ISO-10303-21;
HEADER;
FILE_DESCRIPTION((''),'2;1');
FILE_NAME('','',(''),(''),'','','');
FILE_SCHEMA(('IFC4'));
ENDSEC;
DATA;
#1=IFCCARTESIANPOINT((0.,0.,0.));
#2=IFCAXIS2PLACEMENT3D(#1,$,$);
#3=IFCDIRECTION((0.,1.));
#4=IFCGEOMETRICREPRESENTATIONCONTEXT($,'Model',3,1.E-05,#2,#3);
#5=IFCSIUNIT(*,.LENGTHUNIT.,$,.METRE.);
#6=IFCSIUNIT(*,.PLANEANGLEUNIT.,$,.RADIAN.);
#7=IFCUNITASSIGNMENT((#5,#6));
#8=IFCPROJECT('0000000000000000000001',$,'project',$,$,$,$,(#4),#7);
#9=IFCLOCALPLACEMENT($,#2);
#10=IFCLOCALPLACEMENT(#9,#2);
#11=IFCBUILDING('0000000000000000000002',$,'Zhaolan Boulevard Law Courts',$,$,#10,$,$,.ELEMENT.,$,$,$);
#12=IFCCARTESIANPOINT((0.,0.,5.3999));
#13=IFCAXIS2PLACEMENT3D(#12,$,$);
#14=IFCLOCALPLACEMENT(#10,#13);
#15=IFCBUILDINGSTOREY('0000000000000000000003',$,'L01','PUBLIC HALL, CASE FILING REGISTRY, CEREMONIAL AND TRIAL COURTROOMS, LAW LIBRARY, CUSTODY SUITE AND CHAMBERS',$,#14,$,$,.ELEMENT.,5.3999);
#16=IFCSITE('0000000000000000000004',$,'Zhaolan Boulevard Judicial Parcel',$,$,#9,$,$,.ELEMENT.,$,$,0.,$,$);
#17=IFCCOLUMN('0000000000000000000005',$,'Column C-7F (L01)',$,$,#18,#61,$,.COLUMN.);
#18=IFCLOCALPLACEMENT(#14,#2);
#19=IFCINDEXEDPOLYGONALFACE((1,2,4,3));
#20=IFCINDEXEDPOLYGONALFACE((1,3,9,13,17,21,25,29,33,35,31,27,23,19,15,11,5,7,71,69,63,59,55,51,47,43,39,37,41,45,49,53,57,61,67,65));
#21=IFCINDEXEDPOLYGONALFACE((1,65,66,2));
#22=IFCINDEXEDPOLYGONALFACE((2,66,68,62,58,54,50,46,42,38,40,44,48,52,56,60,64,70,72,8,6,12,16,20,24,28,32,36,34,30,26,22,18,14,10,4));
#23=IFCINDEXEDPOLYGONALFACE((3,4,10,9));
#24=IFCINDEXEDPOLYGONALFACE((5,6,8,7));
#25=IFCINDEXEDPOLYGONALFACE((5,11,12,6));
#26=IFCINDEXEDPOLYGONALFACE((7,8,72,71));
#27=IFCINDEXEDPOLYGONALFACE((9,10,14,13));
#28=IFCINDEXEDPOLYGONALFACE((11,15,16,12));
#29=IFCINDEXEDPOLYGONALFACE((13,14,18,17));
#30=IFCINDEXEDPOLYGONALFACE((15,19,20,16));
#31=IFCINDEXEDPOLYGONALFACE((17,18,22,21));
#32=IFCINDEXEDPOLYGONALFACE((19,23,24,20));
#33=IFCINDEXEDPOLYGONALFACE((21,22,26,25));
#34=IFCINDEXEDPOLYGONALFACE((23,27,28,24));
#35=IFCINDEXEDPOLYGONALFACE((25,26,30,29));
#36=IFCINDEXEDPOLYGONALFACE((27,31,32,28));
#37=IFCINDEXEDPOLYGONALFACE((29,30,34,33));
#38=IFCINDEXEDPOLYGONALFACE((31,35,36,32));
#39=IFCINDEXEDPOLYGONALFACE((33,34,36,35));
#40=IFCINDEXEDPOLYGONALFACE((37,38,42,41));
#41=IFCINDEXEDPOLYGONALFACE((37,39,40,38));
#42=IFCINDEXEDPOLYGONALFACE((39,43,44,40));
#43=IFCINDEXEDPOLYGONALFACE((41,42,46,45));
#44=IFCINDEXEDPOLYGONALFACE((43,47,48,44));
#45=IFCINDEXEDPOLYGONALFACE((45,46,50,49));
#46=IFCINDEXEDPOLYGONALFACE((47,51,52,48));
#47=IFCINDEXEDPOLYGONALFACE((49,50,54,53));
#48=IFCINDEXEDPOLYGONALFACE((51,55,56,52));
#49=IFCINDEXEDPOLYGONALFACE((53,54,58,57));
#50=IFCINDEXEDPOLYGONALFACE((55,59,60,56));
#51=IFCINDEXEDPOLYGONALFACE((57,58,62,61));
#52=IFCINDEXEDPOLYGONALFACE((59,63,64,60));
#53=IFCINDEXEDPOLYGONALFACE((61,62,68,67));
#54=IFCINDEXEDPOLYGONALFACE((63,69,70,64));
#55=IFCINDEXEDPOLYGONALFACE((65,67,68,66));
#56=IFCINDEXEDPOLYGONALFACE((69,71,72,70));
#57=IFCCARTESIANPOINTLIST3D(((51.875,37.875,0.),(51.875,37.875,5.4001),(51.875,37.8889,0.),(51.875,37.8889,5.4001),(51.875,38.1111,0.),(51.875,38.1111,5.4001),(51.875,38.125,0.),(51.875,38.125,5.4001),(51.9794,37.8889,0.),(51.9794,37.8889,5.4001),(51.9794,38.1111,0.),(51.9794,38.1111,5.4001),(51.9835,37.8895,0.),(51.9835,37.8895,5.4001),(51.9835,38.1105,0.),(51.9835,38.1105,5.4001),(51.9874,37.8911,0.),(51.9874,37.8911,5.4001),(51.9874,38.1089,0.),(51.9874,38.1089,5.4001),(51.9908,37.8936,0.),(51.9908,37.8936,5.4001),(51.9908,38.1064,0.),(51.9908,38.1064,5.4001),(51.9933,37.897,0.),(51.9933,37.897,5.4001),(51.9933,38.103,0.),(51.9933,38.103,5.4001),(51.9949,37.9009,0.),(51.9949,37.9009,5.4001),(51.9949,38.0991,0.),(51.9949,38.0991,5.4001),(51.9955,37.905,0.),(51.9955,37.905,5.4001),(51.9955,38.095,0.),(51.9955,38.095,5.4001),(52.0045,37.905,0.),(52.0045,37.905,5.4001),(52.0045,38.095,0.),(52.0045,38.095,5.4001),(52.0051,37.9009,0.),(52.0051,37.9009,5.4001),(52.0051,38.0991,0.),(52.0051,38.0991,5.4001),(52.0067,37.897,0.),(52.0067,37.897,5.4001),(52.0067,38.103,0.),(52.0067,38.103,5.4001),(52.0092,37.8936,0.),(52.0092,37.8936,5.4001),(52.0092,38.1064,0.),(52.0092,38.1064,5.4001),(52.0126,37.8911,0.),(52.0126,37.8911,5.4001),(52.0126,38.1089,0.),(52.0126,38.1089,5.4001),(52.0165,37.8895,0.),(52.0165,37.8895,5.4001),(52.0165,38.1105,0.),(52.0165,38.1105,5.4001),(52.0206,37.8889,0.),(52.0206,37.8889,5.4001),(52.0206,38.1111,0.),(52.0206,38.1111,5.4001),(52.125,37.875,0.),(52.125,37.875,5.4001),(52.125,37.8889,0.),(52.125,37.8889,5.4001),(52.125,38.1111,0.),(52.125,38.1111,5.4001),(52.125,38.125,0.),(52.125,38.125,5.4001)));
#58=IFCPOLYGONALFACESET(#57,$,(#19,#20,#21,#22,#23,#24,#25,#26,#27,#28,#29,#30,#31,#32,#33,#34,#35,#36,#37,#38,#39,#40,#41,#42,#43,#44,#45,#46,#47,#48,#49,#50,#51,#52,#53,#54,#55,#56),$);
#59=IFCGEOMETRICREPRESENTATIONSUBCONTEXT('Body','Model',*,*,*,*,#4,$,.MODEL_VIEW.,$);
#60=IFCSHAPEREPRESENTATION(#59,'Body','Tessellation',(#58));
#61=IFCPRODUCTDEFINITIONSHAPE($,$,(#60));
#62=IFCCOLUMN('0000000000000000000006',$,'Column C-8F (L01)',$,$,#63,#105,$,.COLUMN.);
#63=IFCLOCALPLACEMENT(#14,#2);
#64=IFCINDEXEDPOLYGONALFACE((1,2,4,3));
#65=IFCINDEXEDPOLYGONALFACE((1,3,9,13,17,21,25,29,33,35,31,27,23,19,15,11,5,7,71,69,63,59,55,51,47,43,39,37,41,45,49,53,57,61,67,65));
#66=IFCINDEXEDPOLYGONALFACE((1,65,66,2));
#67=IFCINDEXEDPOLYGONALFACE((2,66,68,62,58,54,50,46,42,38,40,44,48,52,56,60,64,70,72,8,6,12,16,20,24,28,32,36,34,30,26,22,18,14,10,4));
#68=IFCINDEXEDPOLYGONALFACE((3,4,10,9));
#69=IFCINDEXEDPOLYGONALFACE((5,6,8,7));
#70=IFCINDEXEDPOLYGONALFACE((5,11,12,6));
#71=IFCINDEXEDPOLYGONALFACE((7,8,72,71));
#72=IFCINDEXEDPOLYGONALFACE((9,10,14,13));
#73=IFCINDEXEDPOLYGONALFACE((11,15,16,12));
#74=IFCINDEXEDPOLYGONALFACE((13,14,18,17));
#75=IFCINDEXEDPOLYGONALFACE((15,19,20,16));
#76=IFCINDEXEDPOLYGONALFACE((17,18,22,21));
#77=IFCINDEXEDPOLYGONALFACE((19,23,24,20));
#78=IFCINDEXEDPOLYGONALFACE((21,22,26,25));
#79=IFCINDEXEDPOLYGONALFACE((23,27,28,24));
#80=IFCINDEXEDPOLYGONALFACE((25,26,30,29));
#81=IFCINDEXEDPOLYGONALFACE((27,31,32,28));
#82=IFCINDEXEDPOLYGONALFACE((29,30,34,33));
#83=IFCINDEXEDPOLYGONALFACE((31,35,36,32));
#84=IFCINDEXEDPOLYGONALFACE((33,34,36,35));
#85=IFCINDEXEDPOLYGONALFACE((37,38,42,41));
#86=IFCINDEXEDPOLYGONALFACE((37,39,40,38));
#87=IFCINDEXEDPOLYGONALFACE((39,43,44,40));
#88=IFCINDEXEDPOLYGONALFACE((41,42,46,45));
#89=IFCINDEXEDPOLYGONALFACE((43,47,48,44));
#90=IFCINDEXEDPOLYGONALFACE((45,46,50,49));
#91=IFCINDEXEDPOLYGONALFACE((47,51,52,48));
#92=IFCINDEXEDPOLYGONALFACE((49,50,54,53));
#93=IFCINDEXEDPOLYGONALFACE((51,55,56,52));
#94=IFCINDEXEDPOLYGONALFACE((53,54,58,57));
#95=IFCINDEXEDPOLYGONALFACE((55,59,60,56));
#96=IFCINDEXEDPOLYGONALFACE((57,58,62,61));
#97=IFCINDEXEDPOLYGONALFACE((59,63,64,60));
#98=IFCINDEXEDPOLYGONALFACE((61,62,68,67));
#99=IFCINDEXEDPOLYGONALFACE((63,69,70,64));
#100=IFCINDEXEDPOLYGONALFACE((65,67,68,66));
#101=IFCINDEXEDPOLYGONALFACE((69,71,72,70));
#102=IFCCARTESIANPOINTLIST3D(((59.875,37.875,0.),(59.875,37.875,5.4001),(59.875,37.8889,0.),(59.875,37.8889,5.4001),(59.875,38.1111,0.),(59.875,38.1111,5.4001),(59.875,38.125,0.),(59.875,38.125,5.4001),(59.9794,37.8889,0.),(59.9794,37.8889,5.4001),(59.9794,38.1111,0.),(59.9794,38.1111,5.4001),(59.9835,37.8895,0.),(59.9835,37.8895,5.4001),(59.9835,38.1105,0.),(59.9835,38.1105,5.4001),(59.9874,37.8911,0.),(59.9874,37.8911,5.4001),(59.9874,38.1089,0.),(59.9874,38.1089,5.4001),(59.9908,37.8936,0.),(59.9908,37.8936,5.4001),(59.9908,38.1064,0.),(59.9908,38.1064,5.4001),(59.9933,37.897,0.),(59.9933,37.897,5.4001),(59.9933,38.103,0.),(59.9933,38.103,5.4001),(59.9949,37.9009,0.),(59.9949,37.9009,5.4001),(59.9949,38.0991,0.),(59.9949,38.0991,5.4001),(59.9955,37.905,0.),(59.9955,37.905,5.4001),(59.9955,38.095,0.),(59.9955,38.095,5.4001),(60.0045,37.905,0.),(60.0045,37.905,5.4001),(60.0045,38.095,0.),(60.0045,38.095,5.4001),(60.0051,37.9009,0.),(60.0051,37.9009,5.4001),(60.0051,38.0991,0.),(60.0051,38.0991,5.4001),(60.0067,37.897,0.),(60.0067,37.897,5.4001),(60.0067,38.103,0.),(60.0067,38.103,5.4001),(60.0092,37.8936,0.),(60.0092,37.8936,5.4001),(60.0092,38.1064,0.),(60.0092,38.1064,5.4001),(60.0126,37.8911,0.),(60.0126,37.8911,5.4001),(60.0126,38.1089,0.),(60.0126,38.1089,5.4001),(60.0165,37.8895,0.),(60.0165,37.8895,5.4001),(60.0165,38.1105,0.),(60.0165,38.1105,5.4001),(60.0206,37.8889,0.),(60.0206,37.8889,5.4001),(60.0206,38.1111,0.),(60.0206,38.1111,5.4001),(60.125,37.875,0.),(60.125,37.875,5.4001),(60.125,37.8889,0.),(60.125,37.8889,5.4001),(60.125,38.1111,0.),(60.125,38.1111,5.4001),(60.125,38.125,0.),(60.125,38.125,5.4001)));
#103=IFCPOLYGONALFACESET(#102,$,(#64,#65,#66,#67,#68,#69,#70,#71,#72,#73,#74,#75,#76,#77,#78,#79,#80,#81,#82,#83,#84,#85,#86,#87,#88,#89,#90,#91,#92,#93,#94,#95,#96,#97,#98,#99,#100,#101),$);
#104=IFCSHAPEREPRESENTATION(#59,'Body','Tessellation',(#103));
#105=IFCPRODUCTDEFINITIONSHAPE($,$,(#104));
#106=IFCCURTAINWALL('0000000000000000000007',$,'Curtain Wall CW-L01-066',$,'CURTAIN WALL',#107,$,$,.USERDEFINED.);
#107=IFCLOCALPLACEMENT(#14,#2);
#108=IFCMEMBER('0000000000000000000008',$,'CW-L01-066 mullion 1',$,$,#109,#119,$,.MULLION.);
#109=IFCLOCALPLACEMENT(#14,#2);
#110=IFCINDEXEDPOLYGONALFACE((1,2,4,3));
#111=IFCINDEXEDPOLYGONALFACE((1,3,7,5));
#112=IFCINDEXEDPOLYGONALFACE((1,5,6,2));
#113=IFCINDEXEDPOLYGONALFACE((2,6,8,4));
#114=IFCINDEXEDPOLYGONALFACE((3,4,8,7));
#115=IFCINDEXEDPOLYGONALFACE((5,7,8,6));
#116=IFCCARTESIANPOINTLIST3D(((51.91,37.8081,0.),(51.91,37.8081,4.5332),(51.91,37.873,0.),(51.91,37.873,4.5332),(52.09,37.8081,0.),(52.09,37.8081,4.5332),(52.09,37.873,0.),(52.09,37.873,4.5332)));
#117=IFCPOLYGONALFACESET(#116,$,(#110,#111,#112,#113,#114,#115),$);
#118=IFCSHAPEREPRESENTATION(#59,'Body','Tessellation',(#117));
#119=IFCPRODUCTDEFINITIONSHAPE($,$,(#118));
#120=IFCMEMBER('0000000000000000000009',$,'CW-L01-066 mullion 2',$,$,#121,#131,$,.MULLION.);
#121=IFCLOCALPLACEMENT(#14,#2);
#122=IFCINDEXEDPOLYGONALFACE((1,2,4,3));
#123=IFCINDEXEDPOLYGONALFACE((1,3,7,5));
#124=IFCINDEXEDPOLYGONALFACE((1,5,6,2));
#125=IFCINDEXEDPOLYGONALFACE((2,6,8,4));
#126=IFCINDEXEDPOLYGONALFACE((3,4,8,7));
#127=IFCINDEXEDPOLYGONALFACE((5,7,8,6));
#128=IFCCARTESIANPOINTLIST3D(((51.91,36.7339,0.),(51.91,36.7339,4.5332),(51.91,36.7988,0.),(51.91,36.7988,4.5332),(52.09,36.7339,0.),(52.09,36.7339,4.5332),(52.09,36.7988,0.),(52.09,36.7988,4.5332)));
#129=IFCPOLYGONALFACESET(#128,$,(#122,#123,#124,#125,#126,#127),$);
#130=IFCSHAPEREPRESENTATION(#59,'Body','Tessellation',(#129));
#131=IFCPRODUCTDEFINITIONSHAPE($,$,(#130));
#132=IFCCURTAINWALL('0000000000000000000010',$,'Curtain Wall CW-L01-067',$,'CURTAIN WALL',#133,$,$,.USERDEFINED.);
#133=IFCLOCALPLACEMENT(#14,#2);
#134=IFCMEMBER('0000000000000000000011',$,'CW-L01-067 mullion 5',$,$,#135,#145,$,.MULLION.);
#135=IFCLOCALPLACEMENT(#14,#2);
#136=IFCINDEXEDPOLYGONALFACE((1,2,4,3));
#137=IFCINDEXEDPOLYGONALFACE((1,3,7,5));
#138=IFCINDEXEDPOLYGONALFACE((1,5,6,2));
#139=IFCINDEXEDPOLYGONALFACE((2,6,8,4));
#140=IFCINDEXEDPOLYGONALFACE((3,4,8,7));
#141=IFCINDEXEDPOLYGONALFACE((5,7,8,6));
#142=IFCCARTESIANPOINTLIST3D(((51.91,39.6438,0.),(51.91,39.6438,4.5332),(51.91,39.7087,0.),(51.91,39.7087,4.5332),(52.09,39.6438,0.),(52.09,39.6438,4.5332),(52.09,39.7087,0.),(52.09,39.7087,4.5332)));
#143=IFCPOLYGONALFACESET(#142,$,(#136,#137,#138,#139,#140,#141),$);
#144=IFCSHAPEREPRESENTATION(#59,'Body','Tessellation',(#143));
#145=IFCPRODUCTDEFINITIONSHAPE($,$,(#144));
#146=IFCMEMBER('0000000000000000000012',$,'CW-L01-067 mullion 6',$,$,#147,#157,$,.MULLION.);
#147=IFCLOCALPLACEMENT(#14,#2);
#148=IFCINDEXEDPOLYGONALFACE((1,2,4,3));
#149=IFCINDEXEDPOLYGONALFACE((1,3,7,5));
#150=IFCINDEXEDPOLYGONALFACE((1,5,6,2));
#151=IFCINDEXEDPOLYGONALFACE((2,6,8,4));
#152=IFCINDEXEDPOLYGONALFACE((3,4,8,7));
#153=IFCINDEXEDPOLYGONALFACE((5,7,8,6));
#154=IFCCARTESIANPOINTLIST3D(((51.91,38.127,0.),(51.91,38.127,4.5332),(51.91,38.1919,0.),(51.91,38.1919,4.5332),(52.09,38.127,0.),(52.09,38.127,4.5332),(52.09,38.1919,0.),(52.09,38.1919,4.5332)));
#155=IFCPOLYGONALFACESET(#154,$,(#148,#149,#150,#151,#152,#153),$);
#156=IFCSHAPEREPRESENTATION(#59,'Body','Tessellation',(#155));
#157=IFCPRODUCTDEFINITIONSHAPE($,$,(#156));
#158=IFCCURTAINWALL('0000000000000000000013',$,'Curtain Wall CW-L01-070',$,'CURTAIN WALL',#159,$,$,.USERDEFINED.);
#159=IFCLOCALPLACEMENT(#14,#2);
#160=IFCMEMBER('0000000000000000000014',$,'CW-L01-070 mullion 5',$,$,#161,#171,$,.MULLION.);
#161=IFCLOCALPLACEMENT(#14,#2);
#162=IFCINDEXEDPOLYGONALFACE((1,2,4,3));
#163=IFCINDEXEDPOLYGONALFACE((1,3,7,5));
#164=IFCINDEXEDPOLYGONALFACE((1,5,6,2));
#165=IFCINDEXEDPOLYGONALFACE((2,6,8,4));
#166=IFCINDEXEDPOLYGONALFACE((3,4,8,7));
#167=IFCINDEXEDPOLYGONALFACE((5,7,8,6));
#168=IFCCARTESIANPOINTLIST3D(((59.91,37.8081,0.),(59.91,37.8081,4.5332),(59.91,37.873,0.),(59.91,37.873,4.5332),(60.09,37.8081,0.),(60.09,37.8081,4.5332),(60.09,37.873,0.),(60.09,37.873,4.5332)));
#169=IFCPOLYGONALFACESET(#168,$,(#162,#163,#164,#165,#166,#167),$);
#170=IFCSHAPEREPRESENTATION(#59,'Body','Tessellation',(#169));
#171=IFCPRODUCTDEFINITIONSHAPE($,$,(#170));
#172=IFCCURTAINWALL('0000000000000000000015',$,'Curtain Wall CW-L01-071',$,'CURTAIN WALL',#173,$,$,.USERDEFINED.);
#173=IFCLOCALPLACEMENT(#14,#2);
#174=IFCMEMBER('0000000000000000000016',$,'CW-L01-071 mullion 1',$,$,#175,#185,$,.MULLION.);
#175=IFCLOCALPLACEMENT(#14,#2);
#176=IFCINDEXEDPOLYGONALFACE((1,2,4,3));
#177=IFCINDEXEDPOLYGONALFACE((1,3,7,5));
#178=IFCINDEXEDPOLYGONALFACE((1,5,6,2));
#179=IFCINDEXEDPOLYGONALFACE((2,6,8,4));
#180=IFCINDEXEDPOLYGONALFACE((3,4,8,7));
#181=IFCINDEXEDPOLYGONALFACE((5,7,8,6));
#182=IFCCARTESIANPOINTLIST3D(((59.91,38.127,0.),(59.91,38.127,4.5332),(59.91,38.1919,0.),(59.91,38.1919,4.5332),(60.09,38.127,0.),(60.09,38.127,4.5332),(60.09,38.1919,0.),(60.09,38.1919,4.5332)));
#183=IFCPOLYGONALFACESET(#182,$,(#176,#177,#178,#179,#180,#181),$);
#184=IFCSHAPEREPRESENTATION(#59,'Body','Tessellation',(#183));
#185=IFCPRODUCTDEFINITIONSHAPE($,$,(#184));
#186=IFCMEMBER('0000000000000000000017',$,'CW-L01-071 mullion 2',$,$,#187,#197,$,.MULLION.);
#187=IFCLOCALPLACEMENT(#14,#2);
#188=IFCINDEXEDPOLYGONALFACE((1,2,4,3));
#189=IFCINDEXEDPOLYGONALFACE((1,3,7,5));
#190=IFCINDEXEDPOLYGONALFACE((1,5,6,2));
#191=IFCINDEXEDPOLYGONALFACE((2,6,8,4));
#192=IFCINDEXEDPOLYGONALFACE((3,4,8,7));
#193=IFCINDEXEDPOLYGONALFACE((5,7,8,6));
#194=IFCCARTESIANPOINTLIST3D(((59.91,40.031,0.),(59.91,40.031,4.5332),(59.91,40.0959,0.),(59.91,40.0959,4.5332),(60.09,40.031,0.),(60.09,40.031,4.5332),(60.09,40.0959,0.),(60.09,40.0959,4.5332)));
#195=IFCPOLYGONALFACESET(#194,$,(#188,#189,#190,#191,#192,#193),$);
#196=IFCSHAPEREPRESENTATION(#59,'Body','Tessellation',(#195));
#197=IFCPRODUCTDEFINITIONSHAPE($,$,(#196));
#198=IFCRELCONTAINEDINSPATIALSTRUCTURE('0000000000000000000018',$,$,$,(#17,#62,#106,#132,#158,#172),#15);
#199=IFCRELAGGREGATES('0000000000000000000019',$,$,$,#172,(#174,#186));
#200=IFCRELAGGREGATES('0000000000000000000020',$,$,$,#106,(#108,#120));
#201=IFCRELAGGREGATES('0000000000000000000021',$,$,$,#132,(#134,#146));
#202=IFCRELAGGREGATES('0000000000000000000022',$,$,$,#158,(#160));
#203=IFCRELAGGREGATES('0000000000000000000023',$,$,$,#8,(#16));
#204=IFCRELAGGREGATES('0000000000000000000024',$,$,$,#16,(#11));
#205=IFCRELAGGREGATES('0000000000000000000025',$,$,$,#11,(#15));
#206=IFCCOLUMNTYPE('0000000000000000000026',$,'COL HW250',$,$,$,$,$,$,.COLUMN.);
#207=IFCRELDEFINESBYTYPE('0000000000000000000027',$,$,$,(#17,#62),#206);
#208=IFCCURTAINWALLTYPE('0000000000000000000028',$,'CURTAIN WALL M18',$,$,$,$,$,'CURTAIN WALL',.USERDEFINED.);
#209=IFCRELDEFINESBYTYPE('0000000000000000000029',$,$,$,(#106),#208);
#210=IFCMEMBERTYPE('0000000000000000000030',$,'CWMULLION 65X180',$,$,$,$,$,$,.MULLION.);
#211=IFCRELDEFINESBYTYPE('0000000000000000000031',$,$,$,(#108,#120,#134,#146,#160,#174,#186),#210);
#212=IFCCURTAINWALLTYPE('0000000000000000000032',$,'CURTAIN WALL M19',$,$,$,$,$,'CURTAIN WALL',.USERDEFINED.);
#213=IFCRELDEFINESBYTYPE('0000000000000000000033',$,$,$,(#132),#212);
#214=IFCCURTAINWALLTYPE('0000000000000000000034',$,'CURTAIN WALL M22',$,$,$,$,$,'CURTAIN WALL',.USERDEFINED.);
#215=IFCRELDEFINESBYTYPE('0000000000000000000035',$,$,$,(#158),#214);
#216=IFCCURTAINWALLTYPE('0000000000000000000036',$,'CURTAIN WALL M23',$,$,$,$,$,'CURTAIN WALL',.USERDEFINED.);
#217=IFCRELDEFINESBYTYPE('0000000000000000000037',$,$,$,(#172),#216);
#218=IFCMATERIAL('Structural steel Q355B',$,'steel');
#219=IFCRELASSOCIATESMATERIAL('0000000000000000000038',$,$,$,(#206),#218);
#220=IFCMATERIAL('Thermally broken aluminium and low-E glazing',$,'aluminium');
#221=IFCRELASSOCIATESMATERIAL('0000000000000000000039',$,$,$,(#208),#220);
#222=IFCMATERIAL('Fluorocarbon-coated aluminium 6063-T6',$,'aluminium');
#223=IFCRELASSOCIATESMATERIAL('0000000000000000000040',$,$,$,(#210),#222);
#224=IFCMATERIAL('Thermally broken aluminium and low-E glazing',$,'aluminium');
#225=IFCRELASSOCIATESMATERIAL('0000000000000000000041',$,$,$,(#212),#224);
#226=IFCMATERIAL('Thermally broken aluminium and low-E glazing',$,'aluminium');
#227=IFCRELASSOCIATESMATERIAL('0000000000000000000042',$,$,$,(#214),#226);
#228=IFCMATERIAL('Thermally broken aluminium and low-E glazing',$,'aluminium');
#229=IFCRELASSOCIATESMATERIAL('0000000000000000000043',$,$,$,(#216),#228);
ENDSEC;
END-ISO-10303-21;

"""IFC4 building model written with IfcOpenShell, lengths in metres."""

from ifc_helpers import new_model, si_unit, direction, frame, origin, origin_2d, place, context, subcontext, project, spatial, rectangle, i_section, extrude, material, material_profile, profile_set, type_object, element, aggregate, save


model = new_model("IFC4")

# Units and contexts
model_context = context("Model", 3, precision=1e-05, world=origin(), true_north=direction((0.0, 1.0)))
body_context = subcontext(model_context, "Body", "Model", "MODEL_VIEW")
ifc_project = project(units=[si_unit("LENGTHUNIT", "METRE"), si_unit("PLANEANGLEUNIT", "RADIAN")], contexts=[model_context])

# Site, building, storey
site_placement = place(None, origin())
site = spatial("IfcSite", under=ifc_project, at=site_placement, Name="Zhaolan Boulevard Judicial Parcel", CompositionType="ELEMENT", RefElevation=0.0)
building_placement = place(site_placement, origin())
building = spatial("IfcBuilding", under=site, at=building_placement, Name="Zhaolan Boulevard Law Courts", CompositionType="ELEMENT")
storey_placement = place(building_placement, frame((0.0, 0.0, 5.3999)))
storey = spatial("IfcBuildingStorey", under=building, at=storey_placement, Name="L01", Description="PUBLIC HALL, CASE FILING REGISTRY, CEREMONIAL AND TRIAL COURTROOMS, LAW LIBRARY, CUSTODY SUITE AND CHAMBERS", CompositionType="ELEMENT", Elevation=5.3999)

# Columns
ifc_material_1 = material(Name="Structural steel Q355B", Category="steel")
ifc_material_profile_1 = material_profile(ifc_material_1, i_section(OverallWidth=0.25, OverallDepth=0.25, WebThickness=0.009, FlangeThickness=0.0139, FilletRadius=0.0161, at=origin_2d()), Name="HW250x250")
ifc_profile_set_1 = profile_set([ifc_material_profile_1], Name="Structural steel Q355B")
column_type = type_object("IfcColumnType", Name="COL HW250", PredefinedType="COLUMN", material=ifc_profile_set_1)
for number, where, z_axis, x_axis, name in (
    (1, (52.0, 38.0, 0.0), (0.0, 0.0, 1.0), (1.0, 0.0, 0.0), "Column C-7F (L01)"),
    (2, (60.0, 38.0, 0.0), (0.0, 0.0, 1.0), (1.0, 0.0, 0.0), "Column C-8F (L01)"),
):
    element("IfcColumn", number, at=place(storey_placement, frame(where, z_axis=z_axis, x_axis=x_axis)), inside=storey, type_object=column_type, Name=name, PredefinedType="COLUMN", context=body_context, shape_type="SweptSolid", body=[
        extrude(i_section(OverallWidth=0.25, OverallDepth=0.25, WebThickness=0.009, FlangeThickness=0.0139, FilletRadius=0.0161, at=origin_2d()), origin(), (0.0, 0.0, 1.0), 5.4001),
    ])

# Curtain walls, members
ifc_material_2 = material(Name="Thermally broken aluminium and low-E glazing", Category="aluminium")
curtain_wall_type_1 = type_object("IfcCurtainWallType", Name="CURTAIN WALL M18", ElementType="CURTAIN WALL", PredefinedType="USERDEFINED", material=ifc_material_2)
curtain_wall_1_placement = place(storey_placement, origin())
curtain_wall_1 = element("IfcCurtainWall", 3, at=curtain_wall_1_placement, inside=storey, type_object=curtain_wall_type_1, Name="Curtain Wall CW-L01-066", ObjectType="CURTAIN WALL", PredefinedType="USERDEFINED")
ifc_material_3 = material(Name="Fluorocarbon-coated aluminium 6063-T6", Category="aluminium")
ifc_material_profile_2 = material_profile(ifc_material_3, rectangle(XDim=0.1799, YDim=0.0649, at=origin_2d()), Name="AL65x180")
ifc_profile_set_2 = profile_set([ifc_material_profile_2], Name="Fluorocarbon-coated aluminium 6063-T6")
member_type_1 = type_object("IfcMemberType", Name="CWMULLION 65X180", PredefinedType="MULLION", material=ifc_profile_set_2)
member_1_placement = place(storey_placement, frame((52.0, 37.8406, 0.0), z_axis=(0.0, 0.0, 1.0), x_axis=(1.0, 0.0, 0.0)))
member_1 = element("IfcMember", 4, at=member_1_placement, type_object=member_type_1, Name="CW-L01-066 mullion 1", PredefinedType="MULLION", context=body_context, shape_type="SweptSolid", body=[
    extrude(rectangle(XDim=0.1799, YDim=0.0649, at=origin_2d()), origin(), (0.0, 0.0, 1.0), 4.5332),
])
member_2_placement = place(storey_placement, frame((52.0, 36.7664, 0.0), z_axis=(0.0, 0.0, 1.0), x_axis=(1.0, 0.0, 0.0)))
member_2 = element("IfcMember", 5, at=member_2_placement, type_object=member_type_1, Name="CW-L01-066 mullion 2", PredefinedType="MULLION", context=body_context, shape_type="SweptSolid", body=[
    extrude(rectangle(XDim=0.1799, YDim=0.0649, at=origin_2d()), origin(), (0.0, 0.0, 1.0), 4.5332),
])
ifc_material_4 = material(Name="Thermally broken aluminium and low-E glazing", Category="aluminium")
curtain_wall_type_2 = type_object("IfcCurtainWallType", Name="CURTAIN WALL M19", ElementType="CURTAIN WALL", PredefinedType="USERDEFINED", material=ifc_material_4)
curtain_wall_2_placement = place(storey_placement, origin())
curtain_wall_2 = element("IfcCurtainWall", 6, at=curtain_wall_2_placement, inside=storey, type_object=curtain_wall_type_2, Name="Curtain Wall CW-L01-067", ObjectType="CURTAIN WALL", PredefinedType="USERDEFINED")
member_3_placement = place(storey_placement, frame((52.0, 39.6763, 0.0), z_axis=(0.0, 0.0, 1.0), x_axis=(1.0, 0.0, 0.0)))
member_3 = element("IfcMember", 7, at=member_3_placement, type_object=member_type_1, Name="CW-L01-067 mullion 5", PredefinedType="MULLION", context=body_context, shape_type="SweptSolid", body=[
    extrude(rectangle(XDim=0.1799, YDim=0.0649, at=origin_2d()), origin(), (0.0, 0.0, 1.0), 4.5332),
])
member_4_placement = place(storey_placement, frame((52.0, 38.1594, 0.0), z_axis=(0.0, 0.0, 1.0), x_axis=(1.0, 0.0, 0.0)))
member_4 = element("IfcMember", 8, at=member_4_placement, type_object=member_type_1, Name="CW-L01-067 mullion 6", PredefinedType="MULLION", context=body_context, shape_type="SweptSolid", body=[
    extrude(rectangle(XDim=0.1799, YDim=0.0649, at=origin_2d()), origin(), (0.0, 0.0, 1.0), 4.5332),
])

# Curtain wall, member
ifc_material_5 = material(Name="Thermally broken aluminium and low-E glazing", Category="aluminium")
curtain_wall_type_3 = type_object("IfcCurtainWallType", Name="CURTAIN WALL M22", ElementType="CURTAIN WALL", PredefinedType="USERDEFINED", material=ifc_material_5)
curtain_wall_3_placement = place(storey_placement, origin())
curtain_wall_3 = element("IfcCurtainWall", 9, at=curtain_wall_3_placement, inside=storey, type_object=curtain_wall_type_3, Name="Curtain Wall CW-L01-070", ObjectType="CURTAIN WALL", PredefinedType="USERDEFINED")
member_5_placement = place(storey_placement, frame((60.0, 37.8406, 0.0), z_axis=(0.0, 0.0, 1.0), x_axis=(-1.0, 0.0, 0.0)))
member_5 = element("IfcMember", 10, at=member_5_placement, type_object=member_type_1, Name="CW-L01-070 mullion 5", PredefinedType="MULLION", context=body_context, shape_type="SweptSolid", body=[
    extrude(rectangle(XDim=0.1799, YDim=0.0649, at=origin_2d()), origin(), (0.0, 0.0, 1.0), 4.5332),
])

# Curtain wall, members
ifc_material_6 = material(Name="Thermally broken aluminium and low-E glazing", Category="aluminium")
curtain_wall_type_4 = type_object("IfcCurtainWallType", Name="CURTAIN WALL M23", ElementType="CURTAIN WALL", PredefinedType="USERDEFINED", material=ifc_material_6)
curtain_wall_4_placement = place(storey_placement, origin())
curtain_wall_4 = element("IfcCurtainWall", 11, at=curtain_wall_4_placement, inside=storey, type_object=curtain_wall_type_4, Name="Curtain Wall CW-L01-071", ObjectType="CURTAIN WALL", PredefinedType="USERDEFINED")
member_6_placement = place(storey_placement, frame((60.0, 38.1594, 0.0), z_axis=(0.0, 0.0, 1.0), x_axis=(-1.0, 0.0, 0.0)))
member_6 = element("IfcMember", 12, at=member_6_placement, type_object=member_type_1, Name="CW-L01-071 mullion 1", PredefinedType="MULLION", context=body_context, shape_type="SweptSolid", body=[
    extrude(rectangle(XDim=0.1799, YDim=0.0649, at=origin_2d()), origin(), (0.0, 0.0, 1.0), 4.5332),
])
member_7_placement = place(storey_placement, frame((60.0, 40.0635, 0.0), z_axis=(0.0, 0.0, 1.0), x_axis=(-1.0, 0.0, 0.0)))
member_7 = element("IfcMember", 13, at=member_7_placement, type_object=member_type_1, Name="CW-L01-071 mullion 2", PredefinedType="MULLION", context=body_context, shape_type="SweptSolid", body=[
    extrude(rectangle(XDim=0.1799, YDim=0.0649, at=origin_2d()), origin(), (0.0, 0.0, 1.0), 4.5332),
])

aggregate(curtain_wall_4, [member_6, member_7])

aggregate(curtain_wall_1, [member_1, member_2])
aggregate(curtain_wall_2, [member_3, member_4])
aggregate(curtain_wall_3, [member_5])

save(model, "model.ifc")
